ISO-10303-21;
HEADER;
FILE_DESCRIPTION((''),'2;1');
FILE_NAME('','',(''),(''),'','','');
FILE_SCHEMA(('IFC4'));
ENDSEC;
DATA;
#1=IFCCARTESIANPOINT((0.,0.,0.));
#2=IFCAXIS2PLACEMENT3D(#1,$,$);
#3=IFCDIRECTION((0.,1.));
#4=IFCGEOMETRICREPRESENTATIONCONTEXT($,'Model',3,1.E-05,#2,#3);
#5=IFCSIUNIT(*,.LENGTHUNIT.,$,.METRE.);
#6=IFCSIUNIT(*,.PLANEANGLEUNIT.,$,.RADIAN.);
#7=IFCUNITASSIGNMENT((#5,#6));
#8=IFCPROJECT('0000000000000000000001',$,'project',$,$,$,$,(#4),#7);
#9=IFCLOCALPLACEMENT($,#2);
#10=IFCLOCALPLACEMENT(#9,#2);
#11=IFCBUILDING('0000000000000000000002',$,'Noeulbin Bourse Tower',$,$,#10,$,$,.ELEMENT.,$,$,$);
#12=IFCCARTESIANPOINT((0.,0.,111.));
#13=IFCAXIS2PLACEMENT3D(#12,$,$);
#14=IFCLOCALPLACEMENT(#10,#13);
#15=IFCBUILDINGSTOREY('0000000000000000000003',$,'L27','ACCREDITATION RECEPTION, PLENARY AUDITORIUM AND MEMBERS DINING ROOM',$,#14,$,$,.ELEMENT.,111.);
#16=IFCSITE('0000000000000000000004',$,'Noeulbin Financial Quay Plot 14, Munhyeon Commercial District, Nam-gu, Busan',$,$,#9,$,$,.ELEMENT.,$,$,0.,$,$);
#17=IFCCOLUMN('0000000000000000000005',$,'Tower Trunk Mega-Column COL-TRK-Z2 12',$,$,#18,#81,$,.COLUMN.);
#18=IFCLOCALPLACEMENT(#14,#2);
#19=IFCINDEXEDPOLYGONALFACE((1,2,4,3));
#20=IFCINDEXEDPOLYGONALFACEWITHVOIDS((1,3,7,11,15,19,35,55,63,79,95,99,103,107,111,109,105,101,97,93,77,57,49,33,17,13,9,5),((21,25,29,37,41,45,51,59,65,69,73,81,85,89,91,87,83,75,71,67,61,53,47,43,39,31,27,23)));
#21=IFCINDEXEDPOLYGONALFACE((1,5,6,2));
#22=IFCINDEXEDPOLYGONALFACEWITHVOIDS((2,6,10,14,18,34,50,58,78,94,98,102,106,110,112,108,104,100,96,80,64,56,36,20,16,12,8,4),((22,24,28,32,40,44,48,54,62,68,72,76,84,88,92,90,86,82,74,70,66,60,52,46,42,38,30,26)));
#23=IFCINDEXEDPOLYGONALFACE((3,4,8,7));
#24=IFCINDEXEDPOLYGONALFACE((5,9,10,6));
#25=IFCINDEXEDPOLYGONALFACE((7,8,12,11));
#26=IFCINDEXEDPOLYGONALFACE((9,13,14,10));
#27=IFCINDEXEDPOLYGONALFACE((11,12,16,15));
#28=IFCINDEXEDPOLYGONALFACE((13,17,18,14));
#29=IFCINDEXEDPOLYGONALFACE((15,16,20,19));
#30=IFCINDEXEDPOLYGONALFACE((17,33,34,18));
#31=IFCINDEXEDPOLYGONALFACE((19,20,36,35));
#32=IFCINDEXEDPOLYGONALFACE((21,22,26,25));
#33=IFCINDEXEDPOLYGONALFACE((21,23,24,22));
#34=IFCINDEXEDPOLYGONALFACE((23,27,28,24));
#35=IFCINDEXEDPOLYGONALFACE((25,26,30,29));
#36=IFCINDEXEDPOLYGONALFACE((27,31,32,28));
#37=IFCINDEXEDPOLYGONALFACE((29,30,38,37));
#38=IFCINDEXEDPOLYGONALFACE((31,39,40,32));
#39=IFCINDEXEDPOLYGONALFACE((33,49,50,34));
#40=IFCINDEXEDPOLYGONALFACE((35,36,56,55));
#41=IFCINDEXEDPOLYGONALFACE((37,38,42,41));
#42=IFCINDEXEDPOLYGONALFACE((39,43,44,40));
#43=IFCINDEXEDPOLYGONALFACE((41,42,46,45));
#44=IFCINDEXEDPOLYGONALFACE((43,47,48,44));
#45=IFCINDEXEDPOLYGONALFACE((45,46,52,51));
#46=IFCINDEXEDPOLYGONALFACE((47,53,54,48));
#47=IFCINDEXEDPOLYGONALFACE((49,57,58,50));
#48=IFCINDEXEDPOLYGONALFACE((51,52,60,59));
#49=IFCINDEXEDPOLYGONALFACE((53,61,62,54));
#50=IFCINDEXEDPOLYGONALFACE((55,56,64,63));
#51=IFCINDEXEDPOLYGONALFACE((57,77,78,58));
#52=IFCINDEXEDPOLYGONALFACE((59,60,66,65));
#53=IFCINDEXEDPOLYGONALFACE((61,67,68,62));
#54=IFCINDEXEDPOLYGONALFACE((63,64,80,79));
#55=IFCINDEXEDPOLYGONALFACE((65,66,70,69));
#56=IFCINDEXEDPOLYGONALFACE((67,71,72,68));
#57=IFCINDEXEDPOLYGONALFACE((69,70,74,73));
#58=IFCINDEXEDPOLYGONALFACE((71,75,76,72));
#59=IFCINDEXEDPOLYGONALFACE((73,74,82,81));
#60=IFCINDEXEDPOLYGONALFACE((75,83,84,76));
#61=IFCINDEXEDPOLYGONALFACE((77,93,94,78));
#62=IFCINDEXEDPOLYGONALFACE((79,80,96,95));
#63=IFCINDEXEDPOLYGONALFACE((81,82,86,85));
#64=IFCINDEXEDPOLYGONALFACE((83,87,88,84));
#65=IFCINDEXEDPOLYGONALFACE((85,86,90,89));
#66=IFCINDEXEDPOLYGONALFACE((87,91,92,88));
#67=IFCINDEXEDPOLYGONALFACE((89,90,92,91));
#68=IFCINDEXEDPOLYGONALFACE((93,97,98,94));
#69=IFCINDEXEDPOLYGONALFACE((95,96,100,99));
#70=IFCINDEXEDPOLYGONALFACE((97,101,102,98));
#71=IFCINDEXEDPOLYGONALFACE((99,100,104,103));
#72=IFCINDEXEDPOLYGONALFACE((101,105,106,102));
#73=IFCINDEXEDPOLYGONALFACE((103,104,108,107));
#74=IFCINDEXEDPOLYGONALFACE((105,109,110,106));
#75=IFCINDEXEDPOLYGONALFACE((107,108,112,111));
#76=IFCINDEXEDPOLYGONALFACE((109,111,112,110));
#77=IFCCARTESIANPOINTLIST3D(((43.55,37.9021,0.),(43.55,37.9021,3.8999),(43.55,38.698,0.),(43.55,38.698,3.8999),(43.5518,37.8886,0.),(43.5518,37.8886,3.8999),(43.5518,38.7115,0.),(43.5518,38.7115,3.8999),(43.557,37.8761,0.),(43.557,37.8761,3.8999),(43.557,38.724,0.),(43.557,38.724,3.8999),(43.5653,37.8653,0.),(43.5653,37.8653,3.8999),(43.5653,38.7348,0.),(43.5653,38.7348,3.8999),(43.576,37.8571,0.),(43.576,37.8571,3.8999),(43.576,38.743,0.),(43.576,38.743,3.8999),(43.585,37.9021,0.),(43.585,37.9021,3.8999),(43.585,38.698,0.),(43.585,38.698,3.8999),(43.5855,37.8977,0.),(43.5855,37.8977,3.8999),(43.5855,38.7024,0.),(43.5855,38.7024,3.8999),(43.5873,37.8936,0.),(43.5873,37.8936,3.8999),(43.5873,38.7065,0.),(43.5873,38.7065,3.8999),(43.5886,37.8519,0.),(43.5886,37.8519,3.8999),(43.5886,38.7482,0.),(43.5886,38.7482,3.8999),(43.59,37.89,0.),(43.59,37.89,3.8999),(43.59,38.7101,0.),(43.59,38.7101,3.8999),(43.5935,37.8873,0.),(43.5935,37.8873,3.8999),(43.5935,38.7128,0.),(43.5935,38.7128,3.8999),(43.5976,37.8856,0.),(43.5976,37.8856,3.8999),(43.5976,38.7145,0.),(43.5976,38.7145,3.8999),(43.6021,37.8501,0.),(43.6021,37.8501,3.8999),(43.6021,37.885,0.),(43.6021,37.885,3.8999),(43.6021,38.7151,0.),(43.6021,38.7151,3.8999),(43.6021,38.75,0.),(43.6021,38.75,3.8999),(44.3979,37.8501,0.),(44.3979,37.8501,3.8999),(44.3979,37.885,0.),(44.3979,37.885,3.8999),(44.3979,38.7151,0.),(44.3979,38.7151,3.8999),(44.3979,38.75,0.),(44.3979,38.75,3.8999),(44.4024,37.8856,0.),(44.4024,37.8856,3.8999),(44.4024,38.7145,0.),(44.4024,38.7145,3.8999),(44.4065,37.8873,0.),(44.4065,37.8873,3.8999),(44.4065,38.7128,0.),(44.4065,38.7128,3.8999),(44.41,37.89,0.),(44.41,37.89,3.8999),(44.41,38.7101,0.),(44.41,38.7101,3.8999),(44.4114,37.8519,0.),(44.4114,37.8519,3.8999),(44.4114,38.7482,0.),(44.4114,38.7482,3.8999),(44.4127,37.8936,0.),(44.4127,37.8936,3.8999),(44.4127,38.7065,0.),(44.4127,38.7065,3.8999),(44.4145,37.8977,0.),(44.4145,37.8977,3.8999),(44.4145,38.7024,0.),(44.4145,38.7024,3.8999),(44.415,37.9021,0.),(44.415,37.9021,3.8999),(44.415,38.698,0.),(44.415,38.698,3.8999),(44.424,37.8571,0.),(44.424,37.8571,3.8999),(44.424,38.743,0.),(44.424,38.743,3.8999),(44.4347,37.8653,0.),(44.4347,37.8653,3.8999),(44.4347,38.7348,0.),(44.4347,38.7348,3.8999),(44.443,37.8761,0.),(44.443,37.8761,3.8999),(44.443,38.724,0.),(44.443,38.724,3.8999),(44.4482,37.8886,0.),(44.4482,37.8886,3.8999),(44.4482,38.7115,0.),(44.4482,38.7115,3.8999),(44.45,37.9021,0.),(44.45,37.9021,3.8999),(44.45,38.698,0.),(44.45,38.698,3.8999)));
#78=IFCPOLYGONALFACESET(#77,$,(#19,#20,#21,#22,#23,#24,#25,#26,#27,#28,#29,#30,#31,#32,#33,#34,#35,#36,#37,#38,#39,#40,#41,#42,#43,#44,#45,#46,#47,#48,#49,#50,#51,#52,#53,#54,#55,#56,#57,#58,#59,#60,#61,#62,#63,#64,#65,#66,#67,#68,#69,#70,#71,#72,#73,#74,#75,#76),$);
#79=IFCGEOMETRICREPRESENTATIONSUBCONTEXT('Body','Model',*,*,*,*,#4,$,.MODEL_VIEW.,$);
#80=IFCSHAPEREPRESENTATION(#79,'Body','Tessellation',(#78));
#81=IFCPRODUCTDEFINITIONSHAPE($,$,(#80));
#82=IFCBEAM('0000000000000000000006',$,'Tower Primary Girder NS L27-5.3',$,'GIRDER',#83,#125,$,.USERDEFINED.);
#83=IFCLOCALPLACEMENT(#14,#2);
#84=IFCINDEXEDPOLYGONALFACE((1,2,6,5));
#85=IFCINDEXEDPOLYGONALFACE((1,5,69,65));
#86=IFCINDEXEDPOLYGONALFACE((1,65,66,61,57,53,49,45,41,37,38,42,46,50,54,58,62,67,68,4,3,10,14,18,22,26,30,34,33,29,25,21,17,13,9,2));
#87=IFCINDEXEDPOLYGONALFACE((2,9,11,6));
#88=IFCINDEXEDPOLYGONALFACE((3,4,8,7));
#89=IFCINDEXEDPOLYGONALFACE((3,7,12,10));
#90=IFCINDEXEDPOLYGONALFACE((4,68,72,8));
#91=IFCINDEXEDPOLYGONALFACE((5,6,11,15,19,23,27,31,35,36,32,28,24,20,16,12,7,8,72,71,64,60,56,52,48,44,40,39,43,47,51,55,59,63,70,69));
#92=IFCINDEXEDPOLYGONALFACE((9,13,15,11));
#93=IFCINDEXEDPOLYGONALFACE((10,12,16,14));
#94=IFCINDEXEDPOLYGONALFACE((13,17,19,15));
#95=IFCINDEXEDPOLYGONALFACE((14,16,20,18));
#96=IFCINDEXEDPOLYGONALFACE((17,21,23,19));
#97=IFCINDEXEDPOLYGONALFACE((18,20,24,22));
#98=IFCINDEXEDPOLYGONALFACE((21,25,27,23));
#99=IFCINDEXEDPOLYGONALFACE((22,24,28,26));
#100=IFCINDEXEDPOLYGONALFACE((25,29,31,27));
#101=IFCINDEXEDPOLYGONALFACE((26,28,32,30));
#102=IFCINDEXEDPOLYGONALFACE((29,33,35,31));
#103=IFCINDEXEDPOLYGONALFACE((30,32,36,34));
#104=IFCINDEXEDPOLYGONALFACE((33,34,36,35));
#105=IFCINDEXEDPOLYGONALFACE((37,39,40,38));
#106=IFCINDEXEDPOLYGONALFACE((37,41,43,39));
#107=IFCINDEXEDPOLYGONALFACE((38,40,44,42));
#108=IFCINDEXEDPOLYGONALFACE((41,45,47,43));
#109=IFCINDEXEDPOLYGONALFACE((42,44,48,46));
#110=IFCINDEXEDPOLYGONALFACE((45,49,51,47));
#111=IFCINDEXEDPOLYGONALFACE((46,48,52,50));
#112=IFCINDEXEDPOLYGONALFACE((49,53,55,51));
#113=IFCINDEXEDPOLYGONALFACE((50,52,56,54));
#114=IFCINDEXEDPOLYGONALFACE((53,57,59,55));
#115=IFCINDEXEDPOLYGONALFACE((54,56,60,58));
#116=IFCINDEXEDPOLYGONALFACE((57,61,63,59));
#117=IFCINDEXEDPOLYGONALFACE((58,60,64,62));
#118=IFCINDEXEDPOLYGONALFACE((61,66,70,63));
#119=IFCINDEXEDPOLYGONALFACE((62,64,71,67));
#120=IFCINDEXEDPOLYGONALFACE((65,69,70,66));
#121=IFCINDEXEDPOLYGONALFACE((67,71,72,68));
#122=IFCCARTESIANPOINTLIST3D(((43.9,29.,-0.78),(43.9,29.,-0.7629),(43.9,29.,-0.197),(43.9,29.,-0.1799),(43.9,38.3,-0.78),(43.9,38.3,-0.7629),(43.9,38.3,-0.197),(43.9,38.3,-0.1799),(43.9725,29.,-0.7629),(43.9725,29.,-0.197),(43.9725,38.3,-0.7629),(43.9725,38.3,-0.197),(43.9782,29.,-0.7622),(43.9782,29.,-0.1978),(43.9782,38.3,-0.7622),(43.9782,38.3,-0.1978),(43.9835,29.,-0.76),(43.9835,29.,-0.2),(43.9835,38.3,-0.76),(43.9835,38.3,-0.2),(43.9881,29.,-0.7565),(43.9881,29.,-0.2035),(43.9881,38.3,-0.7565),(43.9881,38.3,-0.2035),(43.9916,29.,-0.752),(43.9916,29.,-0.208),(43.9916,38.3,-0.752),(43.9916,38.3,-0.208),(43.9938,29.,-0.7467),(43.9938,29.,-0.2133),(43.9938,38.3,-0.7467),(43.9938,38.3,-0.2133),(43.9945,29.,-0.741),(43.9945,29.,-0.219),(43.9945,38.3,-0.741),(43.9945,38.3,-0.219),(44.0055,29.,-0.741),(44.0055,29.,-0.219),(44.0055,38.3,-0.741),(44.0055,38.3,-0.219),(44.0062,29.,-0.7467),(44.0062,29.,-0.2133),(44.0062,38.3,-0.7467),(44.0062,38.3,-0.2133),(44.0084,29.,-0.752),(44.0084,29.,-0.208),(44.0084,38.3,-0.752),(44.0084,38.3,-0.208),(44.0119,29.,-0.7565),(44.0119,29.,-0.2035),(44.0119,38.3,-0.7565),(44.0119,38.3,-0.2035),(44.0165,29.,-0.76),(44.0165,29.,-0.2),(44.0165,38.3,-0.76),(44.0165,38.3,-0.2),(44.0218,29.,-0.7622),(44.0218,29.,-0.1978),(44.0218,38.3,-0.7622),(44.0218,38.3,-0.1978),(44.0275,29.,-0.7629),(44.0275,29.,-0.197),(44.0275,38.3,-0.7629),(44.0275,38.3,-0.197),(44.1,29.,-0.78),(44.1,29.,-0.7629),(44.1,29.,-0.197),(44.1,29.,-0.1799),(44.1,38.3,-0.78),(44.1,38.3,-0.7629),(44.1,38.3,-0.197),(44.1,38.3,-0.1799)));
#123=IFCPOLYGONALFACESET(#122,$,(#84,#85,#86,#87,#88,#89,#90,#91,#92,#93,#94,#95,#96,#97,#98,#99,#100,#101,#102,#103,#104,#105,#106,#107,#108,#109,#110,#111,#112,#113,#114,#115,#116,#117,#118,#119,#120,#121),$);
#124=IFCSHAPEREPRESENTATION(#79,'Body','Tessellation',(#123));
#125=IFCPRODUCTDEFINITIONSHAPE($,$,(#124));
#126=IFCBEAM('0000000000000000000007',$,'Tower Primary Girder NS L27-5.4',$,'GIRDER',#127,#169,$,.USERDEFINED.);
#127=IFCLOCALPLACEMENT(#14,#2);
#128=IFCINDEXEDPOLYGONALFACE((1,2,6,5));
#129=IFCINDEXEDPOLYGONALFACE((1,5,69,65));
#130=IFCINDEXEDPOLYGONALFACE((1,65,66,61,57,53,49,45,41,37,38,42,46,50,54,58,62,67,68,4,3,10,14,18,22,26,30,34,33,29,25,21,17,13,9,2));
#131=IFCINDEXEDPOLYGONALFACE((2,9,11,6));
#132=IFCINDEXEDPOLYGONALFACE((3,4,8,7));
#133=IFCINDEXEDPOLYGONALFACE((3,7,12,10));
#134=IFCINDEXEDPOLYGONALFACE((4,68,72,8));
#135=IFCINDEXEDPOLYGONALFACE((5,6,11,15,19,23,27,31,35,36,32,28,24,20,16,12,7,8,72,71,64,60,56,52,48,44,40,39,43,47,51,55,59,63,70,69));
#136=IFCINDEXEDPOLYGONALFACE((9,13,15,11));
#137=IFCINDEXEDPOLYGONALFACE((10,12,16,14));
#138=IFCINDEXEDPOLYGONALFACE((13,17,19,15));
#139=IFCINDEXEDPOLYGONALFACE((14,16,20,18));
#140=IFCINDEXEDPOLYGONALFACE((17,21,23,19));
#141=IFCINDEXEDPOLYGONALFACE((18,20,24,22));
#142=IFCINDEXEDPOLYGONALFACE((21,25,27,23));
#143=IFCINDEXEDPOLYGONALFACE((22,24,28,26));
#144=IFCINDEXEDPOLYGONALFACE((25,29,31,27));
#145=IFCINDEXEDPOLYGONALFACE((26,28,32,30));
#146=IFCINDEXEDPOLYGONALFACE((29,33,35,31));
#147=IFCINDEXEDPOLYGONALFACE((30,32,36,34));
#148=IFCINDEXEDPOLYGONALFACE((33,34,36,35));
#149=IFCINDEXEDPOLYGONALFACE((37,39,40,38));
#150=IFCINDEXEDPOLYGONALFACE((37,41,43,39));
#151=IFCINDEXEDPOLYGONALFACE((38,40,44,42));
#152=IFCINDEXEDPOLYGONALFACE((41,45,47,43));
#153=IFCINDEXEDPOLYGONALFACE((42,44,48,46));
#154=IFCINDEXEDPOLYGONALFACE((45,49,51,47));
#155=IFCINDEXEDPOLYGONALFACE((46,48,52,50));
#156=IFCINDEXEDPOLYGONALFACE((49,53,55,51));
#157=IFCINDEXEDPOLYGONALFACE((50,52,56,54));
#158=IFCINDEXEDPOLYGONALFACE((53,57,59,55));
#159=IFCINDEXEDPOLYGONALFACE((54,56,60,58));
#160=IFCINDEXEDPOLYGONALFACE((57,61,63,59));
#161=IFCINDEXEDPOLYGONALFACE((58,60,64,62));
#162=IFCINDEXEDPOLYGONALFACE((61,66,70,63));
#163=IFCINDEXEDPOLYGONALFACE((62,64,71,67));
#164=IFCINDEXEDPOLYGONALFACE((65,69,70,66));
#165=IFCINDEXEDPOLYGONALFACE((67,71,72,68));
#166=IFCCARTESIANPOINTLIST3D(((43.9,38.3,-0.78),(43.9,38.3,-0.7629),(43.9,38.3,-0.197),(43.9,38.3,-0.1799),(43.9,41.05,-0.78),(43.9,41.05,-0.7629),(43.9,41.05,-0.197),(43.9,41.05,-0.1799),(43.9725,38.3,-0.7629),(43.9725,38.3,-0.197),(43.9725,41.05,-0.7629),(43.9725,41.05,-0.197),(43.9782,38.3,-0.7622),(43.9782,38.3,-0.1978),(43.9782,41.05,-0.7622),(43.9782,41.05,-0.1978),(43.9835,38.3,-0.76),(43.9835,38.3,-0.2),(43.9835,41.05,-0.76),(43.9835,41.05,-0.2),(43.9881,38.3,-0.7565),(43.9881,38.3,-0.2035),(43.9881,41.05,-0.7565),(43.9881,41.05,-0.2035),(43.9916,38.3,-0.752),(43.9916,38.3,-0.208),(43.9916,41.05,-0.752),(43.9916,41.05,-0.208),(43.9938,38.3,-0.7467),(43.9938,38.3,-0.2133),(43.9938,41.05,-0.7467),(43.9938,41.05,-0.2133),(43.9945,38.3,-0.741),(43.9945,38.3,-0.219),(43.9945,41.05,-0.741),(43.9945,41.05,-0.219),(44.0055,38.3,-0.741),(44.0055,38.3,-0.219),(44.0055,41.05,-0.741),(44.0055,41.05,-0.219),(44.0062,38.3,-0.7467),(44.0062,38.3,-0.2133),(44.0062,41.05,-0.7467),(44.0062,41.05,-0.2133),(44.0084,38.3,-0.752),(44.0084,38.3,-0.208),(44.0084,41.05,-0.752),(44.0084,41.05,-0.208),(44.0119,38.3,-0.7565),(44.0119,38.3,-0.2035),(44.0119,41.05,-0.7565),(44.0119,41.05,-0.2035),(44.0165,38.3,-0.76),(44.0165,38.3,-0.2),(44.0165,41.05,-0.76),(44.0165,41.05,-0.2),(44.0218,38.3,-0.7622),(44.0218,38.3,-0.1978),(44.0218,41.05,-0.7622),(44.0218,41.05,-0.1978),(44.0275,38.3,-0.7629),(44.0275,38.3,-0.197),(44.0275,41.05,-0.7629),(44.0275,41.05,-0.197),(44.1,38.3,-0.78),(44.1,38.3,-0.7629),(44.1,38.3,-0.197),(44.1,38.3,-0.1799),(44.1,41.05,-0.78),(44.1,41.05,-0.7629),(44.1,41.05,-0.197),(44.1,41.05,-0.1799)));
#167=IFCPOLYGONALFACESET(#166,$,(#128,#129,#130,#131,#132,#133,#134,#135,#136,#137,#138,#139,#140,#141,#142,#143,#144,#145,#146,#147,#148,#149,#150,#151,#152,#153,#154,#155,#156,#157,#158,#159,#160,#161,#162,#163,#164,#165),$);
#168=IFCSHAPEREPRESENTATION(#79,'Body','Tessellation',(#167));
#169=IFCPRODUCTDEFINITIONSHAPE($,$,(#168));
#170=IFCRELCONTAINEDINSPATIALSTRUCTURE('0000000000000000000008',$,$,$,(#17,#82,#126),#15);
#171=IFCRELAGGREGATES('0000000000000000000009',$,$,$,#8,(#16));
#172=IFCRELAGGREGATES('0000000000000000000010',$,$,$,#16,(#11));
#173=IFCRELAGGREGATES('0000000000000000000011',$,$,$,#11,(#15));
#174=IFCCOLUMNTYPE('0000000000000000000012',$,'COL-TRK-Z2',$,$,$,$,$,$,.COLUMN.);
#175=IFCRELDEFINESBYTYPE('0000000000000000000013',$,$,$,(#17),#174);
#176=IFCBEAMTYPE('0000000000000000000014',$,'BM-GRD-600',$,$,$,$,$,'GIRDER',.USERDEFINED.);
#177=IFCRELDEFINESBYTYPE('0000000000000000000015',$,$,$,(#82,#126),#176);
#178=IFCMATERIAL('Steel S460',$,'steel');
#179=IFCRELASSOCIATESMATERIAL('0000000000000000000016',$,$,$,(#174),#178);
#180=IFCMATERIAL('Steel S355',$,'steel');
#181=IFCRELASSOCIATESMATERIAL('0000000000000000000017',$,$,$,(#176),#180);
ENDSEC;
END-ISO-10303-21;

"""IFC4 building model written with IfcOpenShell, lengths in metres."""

from ifc_helpers import new_model, si_unit, direction, frame, origin, origin_2d, place, context, subcontext, project, spatial, hollow_rectangle, i_section, extrude, material, material_profile, profile_set, type_object, element, save


model = new_model("IFC4")

# Units and contexts
model_context = context("Model", 3, precision=1e-05, world=origin(), true_north=direction((0.0, 1.0)))
body_context = subcontext(model_context, "Body", "Model", "MODEL_VIEW")
ifc_project = project(units=[si_unit("LENGTHUNIT", "METRE"), si_unit("PLANEANGLEUNIT", "RADIAN")], contexts=[model_context])

# Site, building, storey
site_placement = place(None, origin())
site = spatial("IfcSite", under=ifc_project, at=site_placement, Name="Noeulbin Financial Quay Plot 14, Munhyeon Commercial District, Nam-gu, Busan", CompositionType="ELEMENT", RefElevation=0.0)
building_placement = place(site_placement, origin())
building = spatial("IfcBuilding", under=site, at=building_placement, Name="Noeulbin Bourse Tower", CompositionType="ELEMENT")
storey_placement = place(building_placement, frame((0.0, 0.0, 111.0)))
storey = spatial("IfcBuildingStorey", under=building, at=storey_placement, Name="L27", Description="ACCREDITATION RECEPTION, PLENARY AUDITORIUM AND MEMBERS DINING ROOM", CompositionType="ELEMENT", Elevation=111.0)

# Column
ifc_material_1 = material(Name="Steel S355", Category="steel")
ifc_material_2 = material(Name="Steel S460", Category="steel")
ifc_material_profile_1 = material_profile(ifc_material_2, hollow_rectangle(XDim=0.8999, YDim=0.8999, WallThickness=0.0349, InnerFilletRadius=0.0171, OuterFilletRadius=0.052, at=origin_2d()), Name="BOX-900x900x35", Category="LoadBearing")
ifc_profile_set_1 = profile_set([ifc_material_profile_1], Name="Steel S460")
column_type_1 = type_object("IfcColumnType", Name="COL-TRK-Z2", PredefinedType="COLUMN", material=ifc_profile_set_1)
for number, where, z_axis, x_axis, name in (
    (1, (44.0, 38.3, 0.0), (0.0, 0.0, 1.0), (1.0, 0.0, 0.0), "Tower Trunk Mega-Column COL-TRK-Z2 12"),
):
    element("IfcColumn", number, at=place(storey_placement, frame(where, z_axis=z_axis, x_axis=x_axis)), inside=storey, type_object=column_type_1, Name=name, PredefinedType="COLUMN", context=body_context, shape_type="SweptSolid", body=[
        extrude(hollow_rectangle(XDim=0.8999, YDim=0.8999, WallThickness=0.0349, InnerFilletRadius=0.0171, OuterFilletRadius=0.052, at=origin_2d()), origin(), (0.0, 0.0, 1.0), 3.8999),
    ])

# Beams
ifc_material_profile_2 = material_profile(ifc_material_1, i_section(OverallWidth=0.2, OverallDepth=0.6001, WebThickness=0.011, FlangeThickness=0.0171, FilletRadius=0.022, at=origin_2d()), Name="H-600x200x11x17", Category="LoadBearing")
ifc_profile_set_2 = profile_set([ifc_material_profile_2], Name="Steel S355")
beam_type_1 = type_object("IfcBeamType", Name="BM-GRD-600", ElementType="GIRDER", PredefinedType="USERDEFINED", material=ifc_profile_set_2)
beam_1_placement = place(storey_placement, frame((44.0, 29.0, -0.48), z_axis=(0.0, 1.0, 0.0), x_axis=(-1.0, 0.0, 0.0)))
element("IfcBeam", 2, at=beam_1_placement, inside=storey, type_object=beam_type_1, Name="Tower Primary Girder NS L27-5.3", ObjectType="GIRDER", PredefinedType="USERDEFINED", context=body_context, shape_type="SweptSolid", body=[
    extrude(i_section(OverallWidth=0.2, OverallDepth=0.6001, WebThickness=0.011, FlangeThickness=0.0171, FilletRadius=0.022, at=origin_2d()), origin(), (0.0, 0.0, 1.0), 9.3),
])
beam_2_placement = place(storey_placement, frame((44.0, 38.3, -0.48), z_axis=(0.0, 1.0, 0.0), x_axis=(-1.0, 0.0, 0.0)))
element("IfcBeam", 3, at=beam_2_placement, inside=storey, type_object=beam_type_1, Name="Tower Primary Girder NS L27-5.4", ObjectType="GIRDER", PredefinedType="USERDEFINED", context=body_context, shape_type="SweptSolid", body=[
    extrude(i_section(OverallWidth=0.2, OverallDepth=0.6001, WebThickness=0.011, FlangeThickness=0.0171, FilletRadius=0.022, at=origin_2d()), origin(), (0.0, 0.0, 1.0), 2.75),
])

save(model, "model.ifc")
